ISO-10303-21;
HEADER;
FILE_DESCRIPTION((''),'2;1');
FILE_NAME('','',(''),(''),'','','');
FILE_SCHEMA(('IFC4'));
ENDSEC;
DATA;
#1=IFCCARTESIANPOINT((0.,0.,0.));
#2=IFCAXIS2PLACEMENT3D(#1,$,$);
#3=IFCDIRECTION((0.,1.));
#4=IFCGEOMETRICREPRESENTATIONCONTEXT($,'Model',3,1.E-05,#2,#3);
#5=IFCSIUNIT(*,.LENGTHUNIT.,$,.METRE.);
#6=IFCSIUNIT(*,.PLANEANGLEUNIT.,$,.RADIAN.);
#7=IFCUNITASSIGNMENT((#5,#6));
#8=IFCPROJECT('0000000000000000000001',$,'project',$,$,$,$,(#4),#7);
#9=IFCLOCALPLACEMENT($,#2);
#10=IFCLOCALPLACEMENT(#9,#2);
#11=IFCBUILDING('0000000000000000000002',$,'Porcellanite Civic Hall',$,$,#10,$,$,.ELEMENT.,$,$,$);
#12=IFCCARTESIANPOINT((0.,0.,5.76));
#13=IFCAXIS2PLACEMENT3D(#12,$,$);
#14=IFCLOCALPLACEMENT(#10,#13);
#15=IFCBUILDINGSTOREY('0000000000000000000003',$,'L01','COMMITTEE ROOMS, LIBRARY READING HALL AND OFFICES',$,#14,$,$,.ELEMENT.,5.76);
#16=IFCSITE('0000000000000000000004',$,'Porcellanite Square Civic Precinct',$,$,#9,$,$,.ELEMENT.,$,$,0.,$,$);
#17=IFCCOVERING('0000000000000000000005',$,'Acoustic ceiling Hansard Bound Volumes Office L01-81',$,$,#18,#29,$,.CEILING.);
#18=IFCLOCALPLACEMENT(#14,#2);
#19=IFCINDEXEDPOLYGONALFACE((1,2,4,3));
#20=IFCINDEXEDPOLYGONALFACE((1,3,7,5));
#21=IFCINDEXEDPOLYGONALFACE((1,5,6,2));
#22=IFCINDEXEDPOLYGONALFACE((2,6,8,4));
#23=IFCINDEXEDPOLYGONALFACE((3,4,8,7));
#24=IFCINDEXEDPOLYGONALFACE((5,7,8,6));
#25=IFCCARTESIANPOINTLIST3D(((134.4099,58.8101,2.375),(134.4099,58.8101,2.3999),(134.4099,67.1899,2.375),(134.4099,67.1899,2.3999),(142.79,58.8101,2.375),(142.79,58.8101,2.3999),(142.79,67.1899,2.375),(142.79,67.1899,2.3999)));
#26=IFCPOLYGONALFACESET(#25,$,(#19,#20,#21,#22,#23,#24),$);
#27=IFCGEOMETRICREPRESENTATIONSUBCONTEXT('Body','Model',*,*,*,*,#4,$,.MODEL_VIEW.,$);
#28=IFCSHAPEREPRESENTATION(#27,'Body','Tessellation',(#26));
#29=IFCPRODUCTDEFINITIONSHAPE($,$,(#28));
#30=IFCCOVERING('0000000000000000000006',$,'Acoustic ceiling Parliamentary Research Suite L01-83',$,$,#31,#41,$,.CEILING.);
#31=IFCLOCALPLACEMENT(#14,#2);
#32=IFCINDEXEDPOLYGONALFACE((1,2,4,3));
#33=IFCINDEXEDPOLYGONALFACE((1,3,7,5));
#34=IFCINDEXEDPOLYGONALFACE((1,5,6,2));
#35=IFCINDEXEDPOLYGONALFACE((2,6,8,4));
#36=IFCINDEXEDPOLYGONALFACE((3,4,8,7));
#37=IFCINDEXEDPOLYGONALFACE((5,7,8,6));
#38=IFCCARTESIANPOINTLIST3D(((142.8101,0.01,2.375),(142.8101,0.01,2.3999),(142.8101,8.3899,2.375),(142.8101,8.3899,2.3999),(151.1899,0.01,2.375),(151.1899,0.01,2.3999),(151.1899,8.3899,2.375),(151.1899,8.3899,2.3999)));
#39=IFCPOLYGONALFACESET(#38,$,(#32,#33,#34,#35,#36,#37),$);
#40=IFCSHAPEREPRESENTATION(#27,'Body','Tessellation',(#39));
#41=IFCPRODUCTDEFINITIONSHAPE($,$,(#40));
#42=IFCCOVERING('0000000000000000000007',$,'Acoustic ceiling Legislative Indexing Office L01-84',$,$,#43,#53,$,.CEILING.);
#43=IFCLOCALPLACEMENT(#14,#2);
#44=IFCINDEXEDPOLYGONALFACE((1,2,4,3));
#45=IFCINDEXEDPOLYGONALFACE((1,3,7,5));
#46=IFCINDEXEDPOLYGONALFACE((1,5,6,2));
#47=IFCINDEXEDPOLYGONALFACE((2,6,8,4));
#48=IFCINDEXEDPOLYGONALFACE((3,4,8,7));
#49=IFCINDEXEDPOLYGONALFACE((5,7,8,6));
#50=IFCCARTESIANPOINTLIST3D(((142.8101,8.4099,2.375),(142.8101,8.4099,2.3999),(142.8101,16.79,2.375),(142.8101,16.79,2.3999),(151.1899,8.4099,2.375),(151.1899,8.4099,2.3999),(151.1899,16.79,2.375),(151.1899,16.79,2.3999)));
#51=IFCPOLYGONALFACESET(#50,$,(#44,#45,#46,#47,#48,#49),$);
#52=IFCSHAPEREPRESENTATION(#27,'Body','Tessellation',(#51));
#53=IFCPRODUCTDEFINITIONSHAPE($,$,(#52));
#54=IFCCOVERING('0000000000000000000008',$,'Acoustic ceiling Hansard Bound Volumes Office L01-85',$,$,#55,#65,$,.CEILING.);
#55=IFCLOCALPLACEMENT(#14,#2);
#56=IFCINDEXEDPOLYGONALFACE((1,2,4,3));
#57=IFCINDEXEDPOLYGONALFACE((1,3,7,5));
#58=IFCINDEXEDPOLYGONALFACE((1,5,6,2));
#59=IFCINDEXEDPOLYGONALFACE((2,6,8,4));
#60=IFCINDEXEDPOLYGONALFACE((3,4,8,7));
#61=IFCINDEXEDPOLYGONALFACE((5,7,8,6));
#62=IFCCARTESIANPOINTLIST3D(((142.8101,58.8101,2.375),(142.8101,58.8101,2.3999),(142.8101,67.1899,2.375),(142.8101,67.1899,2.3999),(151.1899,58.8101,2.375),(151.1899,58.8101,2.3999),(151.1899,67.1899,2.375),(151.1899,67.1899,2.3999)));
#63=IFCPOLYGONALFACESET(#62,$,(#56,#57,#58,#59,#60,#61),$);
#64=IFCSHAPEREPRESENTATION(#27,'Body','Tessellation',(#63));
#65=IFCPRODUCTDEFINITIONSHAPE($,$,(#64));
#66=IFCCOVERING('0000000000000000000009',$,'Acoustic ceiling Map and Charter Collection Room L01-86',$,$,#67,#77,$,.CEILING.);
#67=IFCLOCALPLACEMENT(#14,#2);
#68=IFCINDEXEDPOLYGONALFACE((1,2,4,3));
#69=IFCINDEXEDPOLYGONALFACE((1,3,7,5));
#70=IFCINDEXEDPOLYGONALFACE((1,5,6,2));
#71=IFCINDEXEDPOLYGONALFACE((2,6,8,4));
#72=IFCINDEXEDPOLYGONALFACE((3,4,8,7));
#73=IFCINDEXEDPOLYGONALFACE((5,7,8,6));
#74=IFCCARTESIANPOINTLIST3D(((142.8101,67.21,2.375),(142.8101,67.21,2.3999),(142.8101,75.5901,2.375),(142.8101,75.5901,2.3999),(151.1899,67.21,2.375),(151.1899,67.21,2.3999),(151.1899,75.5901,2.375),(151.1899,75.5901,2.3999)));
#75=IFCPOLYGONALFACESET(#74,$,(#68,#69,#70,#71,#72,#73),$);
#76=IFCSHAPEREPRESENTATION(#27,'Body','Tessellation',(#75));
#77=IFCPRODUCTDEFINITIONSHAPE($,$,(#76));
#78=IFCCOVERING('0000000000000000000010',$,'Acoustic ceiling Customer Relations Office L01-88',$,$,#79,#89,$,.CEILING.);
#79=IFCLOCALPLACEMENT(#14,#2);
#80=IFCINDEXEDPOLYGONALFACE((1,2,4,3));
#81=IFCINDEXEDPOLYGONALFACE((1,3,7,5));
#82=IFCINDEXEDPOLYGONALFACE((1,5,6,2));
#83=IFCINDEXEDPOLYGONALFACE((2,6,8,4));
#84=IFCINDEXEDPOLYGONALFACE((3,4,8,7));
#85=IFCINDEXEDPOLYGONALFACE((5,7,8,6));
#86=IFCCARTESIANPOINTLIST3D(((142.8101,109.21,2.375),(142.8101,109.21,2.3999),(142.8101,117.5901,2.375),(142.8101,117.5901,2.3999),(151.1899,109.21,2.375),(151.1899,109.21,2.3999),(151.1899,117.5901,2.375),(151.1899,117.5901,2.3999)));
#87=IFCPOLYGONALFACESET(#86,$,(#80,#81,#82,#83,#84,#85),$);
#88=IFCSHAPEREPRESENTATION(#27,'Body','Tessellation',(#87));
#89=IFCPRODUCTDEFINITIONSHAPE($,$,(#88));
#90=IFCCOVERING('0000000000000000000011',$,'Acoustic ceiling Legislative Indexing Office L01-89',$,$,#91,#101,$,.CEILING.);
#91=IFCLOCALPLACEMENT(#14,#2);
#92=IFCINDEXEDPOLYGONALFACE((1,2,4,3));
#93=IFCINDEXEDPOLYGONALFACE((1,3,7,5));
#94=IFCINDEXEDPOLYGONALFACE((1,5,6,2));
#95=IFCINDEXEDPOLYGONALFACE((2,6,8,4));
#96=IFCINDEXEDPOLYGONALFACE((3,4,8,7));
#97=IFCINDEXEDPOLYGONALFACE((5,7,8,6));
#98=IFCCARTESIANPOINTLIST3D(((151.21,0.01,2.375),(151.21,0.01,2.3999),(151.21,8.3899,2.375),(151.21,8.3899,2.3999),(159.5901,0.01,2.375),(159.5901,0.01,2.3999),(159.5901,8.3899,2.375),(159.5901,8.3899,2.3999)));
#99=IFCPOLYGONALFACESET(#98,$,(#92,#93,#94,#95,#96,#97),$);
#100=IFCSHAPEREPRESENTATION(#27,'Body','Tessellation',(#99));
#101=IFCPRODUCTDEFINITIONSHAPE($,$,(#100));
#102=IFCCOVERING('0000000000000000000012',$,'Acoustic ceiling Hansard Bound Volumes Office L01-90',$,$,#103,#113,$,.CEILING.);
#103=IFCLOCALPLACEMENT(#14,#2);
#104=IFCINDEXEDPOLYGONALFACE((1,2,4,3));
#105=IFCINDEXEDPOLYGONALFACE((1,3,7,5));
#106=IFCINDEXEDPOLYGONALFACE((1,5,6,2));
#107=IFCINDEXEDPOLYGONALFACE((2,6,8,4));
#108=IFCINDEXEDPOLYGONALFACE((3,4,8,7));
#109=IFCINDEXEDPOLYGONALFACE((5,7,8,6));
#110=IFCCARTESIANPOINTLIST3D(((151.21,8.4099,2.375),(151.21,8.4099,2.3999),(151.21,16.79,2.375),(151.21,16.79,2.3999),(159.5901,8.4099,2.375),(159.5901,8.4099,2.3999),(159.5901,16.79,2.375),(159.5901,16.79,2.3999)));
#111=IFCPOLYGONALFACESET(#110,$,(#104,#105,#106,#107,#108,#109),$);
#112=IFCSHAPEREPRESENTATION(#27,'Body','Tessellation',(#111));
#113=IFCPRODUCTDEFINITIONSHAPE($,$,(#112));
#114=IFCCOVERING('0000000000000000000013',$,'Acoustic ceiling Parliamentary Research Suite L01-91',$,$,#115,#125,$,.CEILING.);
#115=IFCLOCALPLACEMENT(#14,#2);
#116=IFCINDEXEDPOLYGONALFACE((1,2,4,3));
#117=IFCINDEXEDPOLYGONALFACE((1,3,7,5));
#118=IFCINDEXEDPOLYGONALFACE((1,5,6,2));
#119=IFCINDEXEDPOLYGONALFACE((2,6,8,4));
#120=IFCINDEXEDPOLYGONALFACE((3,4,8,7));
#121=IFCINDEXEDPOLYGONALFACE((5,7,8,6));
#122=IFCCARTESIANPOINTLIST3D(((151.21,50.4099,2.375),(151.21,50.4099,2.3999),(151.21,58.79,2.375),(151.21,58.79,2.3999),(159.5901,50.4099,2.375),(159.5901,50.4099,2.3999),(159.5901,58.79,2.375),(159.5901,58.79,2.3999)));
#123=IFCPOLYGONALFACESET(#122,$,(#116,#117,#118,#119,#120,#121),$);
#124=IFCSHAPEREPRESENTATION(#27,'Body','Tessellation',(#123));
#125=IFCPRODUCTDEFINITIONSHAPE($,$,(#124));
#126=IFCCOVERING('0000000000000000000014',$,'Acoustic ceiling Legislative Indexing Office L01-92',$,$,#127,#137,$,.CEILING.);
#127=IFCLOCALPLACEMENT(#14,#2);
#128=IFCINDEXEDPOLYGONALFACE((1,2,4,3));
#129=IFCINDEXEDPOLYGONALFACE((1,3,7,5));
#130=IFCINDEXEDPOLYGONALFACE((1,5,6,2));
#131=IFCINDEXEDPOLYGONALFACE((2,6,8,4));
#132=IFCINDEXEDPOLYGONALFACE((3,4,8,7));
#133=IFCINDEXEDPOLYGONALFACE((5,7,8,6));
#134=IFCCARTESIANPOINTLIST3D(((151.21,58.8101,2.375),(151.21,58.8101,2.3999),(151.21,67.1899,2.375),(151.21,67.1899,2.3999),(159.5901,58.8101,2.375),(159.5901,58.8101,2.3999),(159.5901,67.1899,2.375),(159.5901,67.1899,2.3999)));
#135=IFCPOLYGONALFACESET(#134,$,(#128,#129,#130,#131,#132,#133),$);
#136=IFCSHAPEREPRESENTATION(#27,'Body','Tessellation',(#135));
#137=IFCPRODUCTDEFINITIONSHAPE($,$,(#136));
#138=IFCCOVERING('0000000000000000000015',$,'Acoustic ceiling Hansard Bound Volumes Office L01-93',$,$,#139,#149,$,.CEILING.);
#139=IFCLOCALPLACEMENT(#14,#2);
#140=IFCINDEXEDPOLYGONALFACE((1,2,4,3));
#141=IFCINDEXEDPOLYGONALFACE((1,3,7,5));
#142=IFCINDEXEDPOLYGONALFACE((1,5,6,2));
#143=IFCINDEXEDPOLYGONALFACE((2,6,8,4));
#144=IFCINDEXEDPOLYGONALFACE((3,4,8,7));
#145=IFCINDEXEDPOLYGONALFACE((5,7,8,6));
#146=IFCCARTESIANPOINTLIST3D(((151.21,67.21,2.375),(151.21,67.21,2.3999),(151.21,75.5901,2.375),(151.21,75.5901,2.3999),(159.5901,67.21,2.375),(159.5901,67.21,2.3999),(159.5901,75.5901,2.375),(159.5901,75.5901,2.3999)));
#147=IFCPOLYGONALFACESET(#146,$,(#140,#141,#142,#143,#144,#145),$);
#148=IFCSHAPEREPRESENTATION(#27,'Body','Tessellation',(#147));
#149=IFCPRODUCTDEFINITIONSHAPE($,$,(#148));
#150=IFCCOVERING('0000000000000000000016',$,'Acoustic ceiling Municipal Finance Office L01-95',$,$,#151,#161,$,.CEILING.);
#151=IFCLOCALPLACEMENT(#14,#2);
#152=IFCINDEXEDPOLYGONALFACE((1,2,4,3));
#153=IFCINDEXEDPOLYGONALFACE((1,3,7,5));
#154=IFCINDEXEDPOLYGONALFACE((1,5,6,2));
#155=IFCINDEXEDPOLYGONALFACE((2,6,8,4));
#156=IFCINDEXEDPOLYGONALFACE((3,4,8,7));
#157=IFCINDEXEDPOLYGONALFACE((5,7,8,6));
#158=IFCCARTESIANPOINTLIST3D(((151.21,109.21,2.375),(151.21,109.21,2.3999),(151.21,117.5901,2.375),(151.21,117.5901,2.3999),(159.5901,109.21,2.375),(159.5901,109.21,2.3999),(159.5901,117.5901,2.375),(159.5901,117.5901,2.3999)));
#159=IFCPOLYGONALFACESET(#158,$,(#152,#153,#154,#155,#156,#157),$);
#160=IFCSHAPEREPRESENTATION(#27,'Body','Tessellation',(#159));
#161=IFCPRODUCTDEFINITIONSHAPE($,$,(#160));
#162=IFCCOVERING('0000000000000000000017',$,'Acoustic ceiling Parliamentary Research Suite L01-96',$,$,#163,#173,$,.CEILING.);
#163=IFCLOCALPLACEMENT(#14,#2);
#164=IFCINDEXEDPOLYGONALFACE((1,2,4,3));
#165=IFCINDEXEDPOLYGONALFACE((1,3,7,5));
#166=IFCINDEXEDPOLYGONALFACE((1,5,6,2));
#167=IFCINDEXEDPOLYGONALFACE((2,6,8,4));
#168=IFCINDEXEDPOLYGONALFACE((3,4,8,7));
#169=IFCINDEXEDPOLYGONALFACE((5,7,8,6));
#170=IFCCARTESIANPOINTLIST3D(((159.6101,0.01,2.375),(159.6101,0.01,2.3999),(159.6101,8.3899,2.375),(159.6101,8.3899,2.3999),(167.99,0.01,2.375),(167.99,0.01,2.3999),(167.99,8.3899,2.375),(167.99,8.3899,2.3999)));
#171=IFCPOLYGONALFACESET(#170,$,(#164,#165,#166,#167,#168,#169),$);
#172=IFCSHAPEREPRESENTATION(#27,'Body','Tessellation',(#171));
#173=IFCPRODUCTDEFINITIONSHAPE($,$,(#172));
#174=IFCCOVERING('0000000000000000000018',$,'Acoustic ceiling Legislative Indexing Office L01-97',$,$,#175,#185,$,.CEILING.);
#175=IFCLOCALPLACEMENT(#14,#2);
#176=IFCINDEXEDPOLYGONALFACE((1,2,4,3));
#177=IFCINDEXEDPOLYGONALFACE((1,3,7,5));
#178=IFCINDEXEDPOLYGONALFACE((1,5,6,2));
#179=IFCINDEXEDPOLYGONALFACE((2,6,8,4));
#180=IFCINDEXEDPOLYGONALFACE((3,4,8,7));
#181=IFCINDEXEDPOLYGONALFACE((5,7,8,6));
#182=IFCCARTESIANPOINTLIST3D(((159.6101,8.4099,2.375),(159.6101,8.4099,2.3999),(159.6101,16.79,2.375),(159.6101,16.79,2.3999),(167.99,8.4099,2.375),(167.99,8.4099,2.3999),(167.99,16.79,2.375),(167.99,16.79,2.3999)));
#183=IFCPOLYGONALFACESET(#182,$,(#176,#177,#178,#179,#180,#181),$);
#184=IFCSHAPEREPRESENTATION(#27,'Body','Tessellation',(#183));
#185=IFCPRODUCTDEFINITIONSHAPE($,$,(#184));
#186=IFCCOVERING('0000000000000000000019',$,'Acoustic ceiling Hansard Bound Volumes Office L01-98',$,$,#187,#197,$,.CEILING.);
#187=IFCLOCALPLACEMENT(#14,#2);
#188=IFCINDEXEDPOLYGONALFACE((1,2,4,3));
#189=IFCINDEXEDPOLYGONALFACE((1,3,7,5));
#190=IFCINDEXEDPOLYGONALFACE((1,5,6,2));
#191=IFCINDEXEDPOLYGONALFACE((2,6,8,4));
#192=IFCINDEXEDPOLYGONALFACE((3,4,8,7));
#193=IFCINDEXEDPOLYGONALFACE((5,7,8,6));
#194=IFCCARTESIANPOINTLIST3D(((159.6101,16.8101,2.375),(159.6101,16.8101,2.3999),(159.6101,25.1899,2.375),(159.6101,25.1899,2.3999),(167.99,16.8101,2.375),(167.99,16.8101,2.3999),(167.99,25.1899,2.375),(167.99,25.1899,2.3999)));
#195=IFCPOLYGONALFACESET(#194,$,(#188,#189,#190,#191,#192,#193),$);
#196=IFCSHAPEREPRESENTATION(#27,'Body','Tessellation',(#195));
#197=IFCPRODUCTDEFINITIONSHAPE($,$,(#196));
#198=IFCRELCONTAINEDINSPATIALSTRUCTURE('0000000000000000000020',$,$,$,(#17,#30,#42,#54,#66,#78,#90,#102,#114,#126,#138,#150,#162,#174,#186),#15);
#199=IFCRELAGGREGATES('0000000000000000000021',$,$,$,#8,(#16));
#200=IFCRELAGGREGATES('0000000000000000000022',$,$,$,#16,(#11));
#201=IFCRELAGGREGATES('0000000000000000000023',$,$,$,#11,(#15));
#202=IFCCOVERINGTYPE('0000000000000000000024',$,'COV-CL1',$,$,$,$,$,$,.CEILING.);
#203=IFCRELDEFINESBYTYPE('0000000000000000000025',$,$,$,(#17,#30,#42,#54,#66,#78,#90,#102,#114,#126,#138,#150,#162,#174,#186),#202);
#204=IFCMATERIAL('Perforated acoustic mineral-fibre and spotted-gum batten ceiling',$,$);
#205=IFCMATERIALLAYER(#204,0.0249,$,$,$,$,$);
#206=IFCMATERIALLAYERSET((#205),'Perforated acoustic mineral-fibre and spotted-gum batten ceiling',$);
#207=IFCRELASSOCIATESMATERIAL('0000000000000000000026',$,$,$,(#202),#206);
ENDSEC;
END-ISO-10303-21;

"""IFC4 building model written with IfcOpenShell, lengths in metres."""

from ifc_helpers import new_model, si_unit, direction, frame, origin, place, context, subcontext, project, spatial, polyline, outline, extrude, material, layer, layer_set, type_object, element, save


model = new_model("IFC4")

# Units and contexts
model_context = context("Model", 3, precision=1e-05, world=origin(), true_north=direction((0.0, 1.0)))
body_context = subcontext(model_context, "Body", "Model", "MODEL_VIEW")
ifc_project = project(units=[si_unit("LENGTHUNIT", "METRE"), si_unit("PLANEANGLEUNIT", "RADIAN")], contexts=[model_context])

# Site, building, storey
site_placement = place(None, origin())
site = spatial("IfcSite", under=ifc_project, at=site_placement, Name="Porcellanite Square Civic Precinct", CompositionType="ELEMENT", RefElevation=0.0)
building_placement = place(site_placement, origin())
building = spatial("IfcBuilding", under=site, at=building_placement, Name="Porcellanite Civic Hall", CompositionType="ELEMENT")
storey_placement = place(building_placement, frame((0.0, 0.0, 5.76)))
storey = spatial("IfcBuildingStorey", under=building, at=storey_placement, Name="L01", Description="COMMITTEE ROOMS, LIBRARY READING HALL AND OFFICES", CompositionType="ELEMENT", Elevation=5.76)

# Coverings
ifc_material = material(Name="Perforated acoustic mineral-fibre and spotted-gum batten ceiling")
ifc_layer = layer(ifc_material, 0.0249)
ifc_layer_set = layer_set([ifc_layer], Name="Perforated acoustic mineral-fibre and spotted-gum batten ceiling")
covering_type = type_object("IfcCoveringType", Name="COV-CL1", PredefinedType="CEILING", material=ifc_layer_set)
covering_1_placement = place(storey_placement, frame((0.0, 0.0, 2.375)))
element("IfcCovering", 1, at=covering_1_placement, inside=storey, type_object=covering_type, Name="Acoustic ceiling Hansard Bound Volumes Office L01-81", PredefinedType="CEILING", context=body_context, shape_type="SweptSolid", body=[
    extrude(outline(polyline([(134.4099, 58.8101), (142.79, 58.8101), (142.79, 67.1899), (134.4099, 67.1899), (134.4099, 58.8101)])), origin(), (0.0, 0.0, 1.0), 0.0249),
])
covering_2_placement = place(storey_placement, frame((0.0, 0.0, 2.375)))
element("IfcCovering", 2, at=covering_2_placement, inside=storey, type_object=covering_type, Name="Acoustic ceiling Parliamentary Research Suite L01-83", PredefinedType="CEILING", context=body_context, shape_type="SweptSolid", body=[
    extrude(outline(polyline([(142.8101, 0.01), (151.1899, 0.01), (151.1899, 8.3899), (142.8101, 8.3899), (142.8101, 0.01)])), origin(), (0.0, 0.0, 1.0), 0.0249),
])
covering_3_placement = place(storey_placement, frame((0.0, 0.0, 2.375)))
element("IfcCovering", 3, at=covering_3_placement, inside=storey, type_object=covering_type, Name="Acoustic ceiling Legislative Indexing Office L01-84", PredefinedType="CEILING", context=body_context, shape_type="SweptSolid", body=[
    extrude(outline(polyline([(142.8101, 8.4099), (151.1899, 8.4099), (151.1899, 16.79), (142.8101, 16.79), (142.8101, 8.4099)])), origin(), (0.0, 0.0, 1.0), 0.0249),
])
covering_4_placement = place(storey_placement, frame((0.0, 0.0, 2.375)))
element("IfcCovering", 4, at=covering_4_placement, inside=storey, type_object=covering_type, Name="Acoustic ceiling Hansard Bound Volumes Office L01-85", PredefinedType="CEILING", context=body_context, shape_type="SweptSolid", body=[
    extrude(outline(polyline([(142.8101, 58.8101), (151.1899, 58.8101), (151.1899, 67.1899), (142.8101, 67.1899), (142.8101, 58.8101)])), origin(), (0.0, 0.0, 1.0), 0.0249),
])
covering_5_placement = place(storey_placement, frame((0.0, 0.0, 2.375)))
element("IfcCovering", 5, at=covering_5_placement, inside=storey, type_object=covering_type, Name="Acoustic ceiling Map and Charter Collection Room L01-86", PredefinedType="CEILING", context=body_context, shape_type="SweptSolid", body=[
    extrude(outline(polyline([(142.8101, 67.21), (151.1899, 67.21), (151.1899, 75.5901), (142.8101, 75.5901), (142.8101, 67.21)])), origin(), (0.0, 0.0, 1.0), 0.0249),
])
covering_6_placement = place(storey_placement, frame((0.0, 0.0, 2.375)))
element("IfcCovering", 6, at=covering_6_placement, inside=storey, type_object=covering_type, Name="Acoustic ceiling Customer Relations Office L01-88", PredefinedType="CEILING", context=body_context, shape_type="SweptSolid", body=[
    extrude(outline(polyline([(142.8101, 109.21), (151.1899, 109.21), (151.1899, 117.5901), (142.8101, 117.5901), (142.8101, 109.21)])), origin(), (0.0, 0.0, 1.0), 0.0249),
])
covering_7_placement = place(storey_placement, frame((0.0, 0.0, 2.375)))
element("IfcCovering", 7, at=covering_7_placement, inside=storey, type_object=covering_type, Name="Acoustic ceiling Legislative Indexing Office L01-89", PredefinedType="CEILING", context=body_context, shape_type="SweptSolid", body=[
    extrude(outline(polyline([(151.21, 0.01), (159.5901, 0.01), (159.5901, 8.3899), (151.21, 8.3899), (151.21, 0.01)])), origin(), (0.0, 0.0, 1.0), 0.0249),
])
covering_8_placement = place(storey_placement, frame((0.0, 0.0, 2.375)))
element("IfcCovering", 8, at=covering_8_placement, inside=storey, type_object=covering_type, Name="Acoustic ceiling Hansard Bound Volumes Office L01-90", PredefinedType="CEILING", context=body_context, shape_type="SweptSolid", body=[
    extrude(outline(polyline([(151.21, 8.4099), (159.5901, 8.4099), (159.5901, 16.79), (151.21, 16.79), (151.21, 8.4099)])), origin(), (0.0, 0.0, 1.0), 0.0249),
])
covering_9_placement = place(storey_placement, frame((0.0, 0.0, 2.375)))
element("IfcCovering", 9, at=covering_9_placement, inside=storey, type_object=covering_type, Name="Acoustic ceiling Parliamentary Research Suite L01-91", PredefinedType="CEILING", context=body_context, shape_type="SweptSolid", body=[
    extrude(outline(polyline([(151.21, 50.4099), (159.5901, 50.4099), (159.5901, 58.79), (151.21, 58.79), (151.21, 50.4099)])), origin(), (0.0, 0.0, 1.0), 0.0249),
])
covering_10_placement = place(storey_placement, frame((0.0, 0.0, 2.375)))
element("IfcCovering", 10, at=covering_10_placement, inside=storey, type_object=covering_type, Name="Acoustic ceiling Legislative Indexing Office L01-92", PredefinedType="CEILING", context=body_context, shape_type="SweptSolid", body=[
    extrude(outline(polyline([(151.21, 58.8101), (159.5901, 58.8101), (159.5901, 67.1899), (151.21, 67.1899), (151.21, 58.8101)])), origin(), (0.0, 0.0, 1.0), 0.0249),
])
covering_11_placement = place(storey_placement, frame((0.0, 0.0, 2.375)))
element("IfcCovering", 11, at=covering_11_placement, inside=storey, type_object=covering_type, Name="Acoustic ceiling Hansard Bound Volumes Office L01-93", PredefinedType="CEILING", context=body_context, shape_type="SweptSolid", body=[
    extrude(outline(polyline([(151.21, 67.21), (159.5901, 67.21), (159.5901, 75.5901), (151.21, 75.5901), (151.21, 67.21)])), origin(), (0.0, 0.0, 1.0), 0.0249),
])
covering_12_placement = place(storey_placement, frame((0.0, 0.0, 2.375)))
element("IfcCovering", 12, at=covering_12_placement, inside=storey, type_object=covering_type, Name="Acoustic ceiling Municipal Finance Office L01-95", PredefinedType="CEILING", context=body_context, shape_type="SweptSolid", body=[
    extrude(outline(polyline([(151.21, 109.21), (159.5901, 109.21), (159.5901, 117.5901), (151.21, 117.5901), (151.21, 109.21)])), origin(), (0.0, 0.0, 1.0), 0.0249),
])
covering_13_placement = place(storey_placement, frame((0.0, 0.0, 2.375)))
element("IfcCovering", 13, at=covering_13_placement, inside=storey, type_object=covering_type, Name="Acoustic ceiling Parliamentary Research Suite L01-96", PredefinedType="CEILING", context=body_context, shape_type="SweptSolid", body=[
    extrude(outline(polyline([(159.6101, 0.01), (167.99, 0.01), (167.99, 8.3899), (159.6101, 8.3899), (159.6101, 0.01)])), origin(), (0.0, 0.0, 1.0), 0.0249),
])
covering_14_placement = place(storey_placement, frame((0.0, 0.0, 2.375)))
element("IfcCovering", 14, at=covering_14_placement, inside=storey, type_object=covering_type, Name="Acoustic ceiling Legislative Indexing Office L01-97", PredefinedType="CEILING", context=body_context, shape_type="SweptSolid", body=[
    extrude(outline(polyline([(159.6101, 8.4099), (167.99, 8.4099), (167.99, 16.79), (159.6101, 16.79), (159.6101, 8.4099)])), origin(), (0.0, 0.0, 1.0), 0.0249),
])
covering_15_placement = place(storey_placement, frame((0.0, 0.0, 2.375)))
element("IfcCovering", 15, at=covering_15_placement, inside=storey, type_object=covering_type, Name="Acoustic ceiling Hansard Bound Volumes Office L01-98", PredefinedType="CEILING", context=body_context, shape_type="SweptSolid", body=[
    extrude(outline(polyline([(159.6101, 16.8101), (167.99, 16.8101), (167.99, 25.1899), (159.6101, 25.1899), (159.6101, 16.8101)])), origin(), (0.0, 0.0, 1.0), 0.0249),
])

save(model, "model.ifc")
